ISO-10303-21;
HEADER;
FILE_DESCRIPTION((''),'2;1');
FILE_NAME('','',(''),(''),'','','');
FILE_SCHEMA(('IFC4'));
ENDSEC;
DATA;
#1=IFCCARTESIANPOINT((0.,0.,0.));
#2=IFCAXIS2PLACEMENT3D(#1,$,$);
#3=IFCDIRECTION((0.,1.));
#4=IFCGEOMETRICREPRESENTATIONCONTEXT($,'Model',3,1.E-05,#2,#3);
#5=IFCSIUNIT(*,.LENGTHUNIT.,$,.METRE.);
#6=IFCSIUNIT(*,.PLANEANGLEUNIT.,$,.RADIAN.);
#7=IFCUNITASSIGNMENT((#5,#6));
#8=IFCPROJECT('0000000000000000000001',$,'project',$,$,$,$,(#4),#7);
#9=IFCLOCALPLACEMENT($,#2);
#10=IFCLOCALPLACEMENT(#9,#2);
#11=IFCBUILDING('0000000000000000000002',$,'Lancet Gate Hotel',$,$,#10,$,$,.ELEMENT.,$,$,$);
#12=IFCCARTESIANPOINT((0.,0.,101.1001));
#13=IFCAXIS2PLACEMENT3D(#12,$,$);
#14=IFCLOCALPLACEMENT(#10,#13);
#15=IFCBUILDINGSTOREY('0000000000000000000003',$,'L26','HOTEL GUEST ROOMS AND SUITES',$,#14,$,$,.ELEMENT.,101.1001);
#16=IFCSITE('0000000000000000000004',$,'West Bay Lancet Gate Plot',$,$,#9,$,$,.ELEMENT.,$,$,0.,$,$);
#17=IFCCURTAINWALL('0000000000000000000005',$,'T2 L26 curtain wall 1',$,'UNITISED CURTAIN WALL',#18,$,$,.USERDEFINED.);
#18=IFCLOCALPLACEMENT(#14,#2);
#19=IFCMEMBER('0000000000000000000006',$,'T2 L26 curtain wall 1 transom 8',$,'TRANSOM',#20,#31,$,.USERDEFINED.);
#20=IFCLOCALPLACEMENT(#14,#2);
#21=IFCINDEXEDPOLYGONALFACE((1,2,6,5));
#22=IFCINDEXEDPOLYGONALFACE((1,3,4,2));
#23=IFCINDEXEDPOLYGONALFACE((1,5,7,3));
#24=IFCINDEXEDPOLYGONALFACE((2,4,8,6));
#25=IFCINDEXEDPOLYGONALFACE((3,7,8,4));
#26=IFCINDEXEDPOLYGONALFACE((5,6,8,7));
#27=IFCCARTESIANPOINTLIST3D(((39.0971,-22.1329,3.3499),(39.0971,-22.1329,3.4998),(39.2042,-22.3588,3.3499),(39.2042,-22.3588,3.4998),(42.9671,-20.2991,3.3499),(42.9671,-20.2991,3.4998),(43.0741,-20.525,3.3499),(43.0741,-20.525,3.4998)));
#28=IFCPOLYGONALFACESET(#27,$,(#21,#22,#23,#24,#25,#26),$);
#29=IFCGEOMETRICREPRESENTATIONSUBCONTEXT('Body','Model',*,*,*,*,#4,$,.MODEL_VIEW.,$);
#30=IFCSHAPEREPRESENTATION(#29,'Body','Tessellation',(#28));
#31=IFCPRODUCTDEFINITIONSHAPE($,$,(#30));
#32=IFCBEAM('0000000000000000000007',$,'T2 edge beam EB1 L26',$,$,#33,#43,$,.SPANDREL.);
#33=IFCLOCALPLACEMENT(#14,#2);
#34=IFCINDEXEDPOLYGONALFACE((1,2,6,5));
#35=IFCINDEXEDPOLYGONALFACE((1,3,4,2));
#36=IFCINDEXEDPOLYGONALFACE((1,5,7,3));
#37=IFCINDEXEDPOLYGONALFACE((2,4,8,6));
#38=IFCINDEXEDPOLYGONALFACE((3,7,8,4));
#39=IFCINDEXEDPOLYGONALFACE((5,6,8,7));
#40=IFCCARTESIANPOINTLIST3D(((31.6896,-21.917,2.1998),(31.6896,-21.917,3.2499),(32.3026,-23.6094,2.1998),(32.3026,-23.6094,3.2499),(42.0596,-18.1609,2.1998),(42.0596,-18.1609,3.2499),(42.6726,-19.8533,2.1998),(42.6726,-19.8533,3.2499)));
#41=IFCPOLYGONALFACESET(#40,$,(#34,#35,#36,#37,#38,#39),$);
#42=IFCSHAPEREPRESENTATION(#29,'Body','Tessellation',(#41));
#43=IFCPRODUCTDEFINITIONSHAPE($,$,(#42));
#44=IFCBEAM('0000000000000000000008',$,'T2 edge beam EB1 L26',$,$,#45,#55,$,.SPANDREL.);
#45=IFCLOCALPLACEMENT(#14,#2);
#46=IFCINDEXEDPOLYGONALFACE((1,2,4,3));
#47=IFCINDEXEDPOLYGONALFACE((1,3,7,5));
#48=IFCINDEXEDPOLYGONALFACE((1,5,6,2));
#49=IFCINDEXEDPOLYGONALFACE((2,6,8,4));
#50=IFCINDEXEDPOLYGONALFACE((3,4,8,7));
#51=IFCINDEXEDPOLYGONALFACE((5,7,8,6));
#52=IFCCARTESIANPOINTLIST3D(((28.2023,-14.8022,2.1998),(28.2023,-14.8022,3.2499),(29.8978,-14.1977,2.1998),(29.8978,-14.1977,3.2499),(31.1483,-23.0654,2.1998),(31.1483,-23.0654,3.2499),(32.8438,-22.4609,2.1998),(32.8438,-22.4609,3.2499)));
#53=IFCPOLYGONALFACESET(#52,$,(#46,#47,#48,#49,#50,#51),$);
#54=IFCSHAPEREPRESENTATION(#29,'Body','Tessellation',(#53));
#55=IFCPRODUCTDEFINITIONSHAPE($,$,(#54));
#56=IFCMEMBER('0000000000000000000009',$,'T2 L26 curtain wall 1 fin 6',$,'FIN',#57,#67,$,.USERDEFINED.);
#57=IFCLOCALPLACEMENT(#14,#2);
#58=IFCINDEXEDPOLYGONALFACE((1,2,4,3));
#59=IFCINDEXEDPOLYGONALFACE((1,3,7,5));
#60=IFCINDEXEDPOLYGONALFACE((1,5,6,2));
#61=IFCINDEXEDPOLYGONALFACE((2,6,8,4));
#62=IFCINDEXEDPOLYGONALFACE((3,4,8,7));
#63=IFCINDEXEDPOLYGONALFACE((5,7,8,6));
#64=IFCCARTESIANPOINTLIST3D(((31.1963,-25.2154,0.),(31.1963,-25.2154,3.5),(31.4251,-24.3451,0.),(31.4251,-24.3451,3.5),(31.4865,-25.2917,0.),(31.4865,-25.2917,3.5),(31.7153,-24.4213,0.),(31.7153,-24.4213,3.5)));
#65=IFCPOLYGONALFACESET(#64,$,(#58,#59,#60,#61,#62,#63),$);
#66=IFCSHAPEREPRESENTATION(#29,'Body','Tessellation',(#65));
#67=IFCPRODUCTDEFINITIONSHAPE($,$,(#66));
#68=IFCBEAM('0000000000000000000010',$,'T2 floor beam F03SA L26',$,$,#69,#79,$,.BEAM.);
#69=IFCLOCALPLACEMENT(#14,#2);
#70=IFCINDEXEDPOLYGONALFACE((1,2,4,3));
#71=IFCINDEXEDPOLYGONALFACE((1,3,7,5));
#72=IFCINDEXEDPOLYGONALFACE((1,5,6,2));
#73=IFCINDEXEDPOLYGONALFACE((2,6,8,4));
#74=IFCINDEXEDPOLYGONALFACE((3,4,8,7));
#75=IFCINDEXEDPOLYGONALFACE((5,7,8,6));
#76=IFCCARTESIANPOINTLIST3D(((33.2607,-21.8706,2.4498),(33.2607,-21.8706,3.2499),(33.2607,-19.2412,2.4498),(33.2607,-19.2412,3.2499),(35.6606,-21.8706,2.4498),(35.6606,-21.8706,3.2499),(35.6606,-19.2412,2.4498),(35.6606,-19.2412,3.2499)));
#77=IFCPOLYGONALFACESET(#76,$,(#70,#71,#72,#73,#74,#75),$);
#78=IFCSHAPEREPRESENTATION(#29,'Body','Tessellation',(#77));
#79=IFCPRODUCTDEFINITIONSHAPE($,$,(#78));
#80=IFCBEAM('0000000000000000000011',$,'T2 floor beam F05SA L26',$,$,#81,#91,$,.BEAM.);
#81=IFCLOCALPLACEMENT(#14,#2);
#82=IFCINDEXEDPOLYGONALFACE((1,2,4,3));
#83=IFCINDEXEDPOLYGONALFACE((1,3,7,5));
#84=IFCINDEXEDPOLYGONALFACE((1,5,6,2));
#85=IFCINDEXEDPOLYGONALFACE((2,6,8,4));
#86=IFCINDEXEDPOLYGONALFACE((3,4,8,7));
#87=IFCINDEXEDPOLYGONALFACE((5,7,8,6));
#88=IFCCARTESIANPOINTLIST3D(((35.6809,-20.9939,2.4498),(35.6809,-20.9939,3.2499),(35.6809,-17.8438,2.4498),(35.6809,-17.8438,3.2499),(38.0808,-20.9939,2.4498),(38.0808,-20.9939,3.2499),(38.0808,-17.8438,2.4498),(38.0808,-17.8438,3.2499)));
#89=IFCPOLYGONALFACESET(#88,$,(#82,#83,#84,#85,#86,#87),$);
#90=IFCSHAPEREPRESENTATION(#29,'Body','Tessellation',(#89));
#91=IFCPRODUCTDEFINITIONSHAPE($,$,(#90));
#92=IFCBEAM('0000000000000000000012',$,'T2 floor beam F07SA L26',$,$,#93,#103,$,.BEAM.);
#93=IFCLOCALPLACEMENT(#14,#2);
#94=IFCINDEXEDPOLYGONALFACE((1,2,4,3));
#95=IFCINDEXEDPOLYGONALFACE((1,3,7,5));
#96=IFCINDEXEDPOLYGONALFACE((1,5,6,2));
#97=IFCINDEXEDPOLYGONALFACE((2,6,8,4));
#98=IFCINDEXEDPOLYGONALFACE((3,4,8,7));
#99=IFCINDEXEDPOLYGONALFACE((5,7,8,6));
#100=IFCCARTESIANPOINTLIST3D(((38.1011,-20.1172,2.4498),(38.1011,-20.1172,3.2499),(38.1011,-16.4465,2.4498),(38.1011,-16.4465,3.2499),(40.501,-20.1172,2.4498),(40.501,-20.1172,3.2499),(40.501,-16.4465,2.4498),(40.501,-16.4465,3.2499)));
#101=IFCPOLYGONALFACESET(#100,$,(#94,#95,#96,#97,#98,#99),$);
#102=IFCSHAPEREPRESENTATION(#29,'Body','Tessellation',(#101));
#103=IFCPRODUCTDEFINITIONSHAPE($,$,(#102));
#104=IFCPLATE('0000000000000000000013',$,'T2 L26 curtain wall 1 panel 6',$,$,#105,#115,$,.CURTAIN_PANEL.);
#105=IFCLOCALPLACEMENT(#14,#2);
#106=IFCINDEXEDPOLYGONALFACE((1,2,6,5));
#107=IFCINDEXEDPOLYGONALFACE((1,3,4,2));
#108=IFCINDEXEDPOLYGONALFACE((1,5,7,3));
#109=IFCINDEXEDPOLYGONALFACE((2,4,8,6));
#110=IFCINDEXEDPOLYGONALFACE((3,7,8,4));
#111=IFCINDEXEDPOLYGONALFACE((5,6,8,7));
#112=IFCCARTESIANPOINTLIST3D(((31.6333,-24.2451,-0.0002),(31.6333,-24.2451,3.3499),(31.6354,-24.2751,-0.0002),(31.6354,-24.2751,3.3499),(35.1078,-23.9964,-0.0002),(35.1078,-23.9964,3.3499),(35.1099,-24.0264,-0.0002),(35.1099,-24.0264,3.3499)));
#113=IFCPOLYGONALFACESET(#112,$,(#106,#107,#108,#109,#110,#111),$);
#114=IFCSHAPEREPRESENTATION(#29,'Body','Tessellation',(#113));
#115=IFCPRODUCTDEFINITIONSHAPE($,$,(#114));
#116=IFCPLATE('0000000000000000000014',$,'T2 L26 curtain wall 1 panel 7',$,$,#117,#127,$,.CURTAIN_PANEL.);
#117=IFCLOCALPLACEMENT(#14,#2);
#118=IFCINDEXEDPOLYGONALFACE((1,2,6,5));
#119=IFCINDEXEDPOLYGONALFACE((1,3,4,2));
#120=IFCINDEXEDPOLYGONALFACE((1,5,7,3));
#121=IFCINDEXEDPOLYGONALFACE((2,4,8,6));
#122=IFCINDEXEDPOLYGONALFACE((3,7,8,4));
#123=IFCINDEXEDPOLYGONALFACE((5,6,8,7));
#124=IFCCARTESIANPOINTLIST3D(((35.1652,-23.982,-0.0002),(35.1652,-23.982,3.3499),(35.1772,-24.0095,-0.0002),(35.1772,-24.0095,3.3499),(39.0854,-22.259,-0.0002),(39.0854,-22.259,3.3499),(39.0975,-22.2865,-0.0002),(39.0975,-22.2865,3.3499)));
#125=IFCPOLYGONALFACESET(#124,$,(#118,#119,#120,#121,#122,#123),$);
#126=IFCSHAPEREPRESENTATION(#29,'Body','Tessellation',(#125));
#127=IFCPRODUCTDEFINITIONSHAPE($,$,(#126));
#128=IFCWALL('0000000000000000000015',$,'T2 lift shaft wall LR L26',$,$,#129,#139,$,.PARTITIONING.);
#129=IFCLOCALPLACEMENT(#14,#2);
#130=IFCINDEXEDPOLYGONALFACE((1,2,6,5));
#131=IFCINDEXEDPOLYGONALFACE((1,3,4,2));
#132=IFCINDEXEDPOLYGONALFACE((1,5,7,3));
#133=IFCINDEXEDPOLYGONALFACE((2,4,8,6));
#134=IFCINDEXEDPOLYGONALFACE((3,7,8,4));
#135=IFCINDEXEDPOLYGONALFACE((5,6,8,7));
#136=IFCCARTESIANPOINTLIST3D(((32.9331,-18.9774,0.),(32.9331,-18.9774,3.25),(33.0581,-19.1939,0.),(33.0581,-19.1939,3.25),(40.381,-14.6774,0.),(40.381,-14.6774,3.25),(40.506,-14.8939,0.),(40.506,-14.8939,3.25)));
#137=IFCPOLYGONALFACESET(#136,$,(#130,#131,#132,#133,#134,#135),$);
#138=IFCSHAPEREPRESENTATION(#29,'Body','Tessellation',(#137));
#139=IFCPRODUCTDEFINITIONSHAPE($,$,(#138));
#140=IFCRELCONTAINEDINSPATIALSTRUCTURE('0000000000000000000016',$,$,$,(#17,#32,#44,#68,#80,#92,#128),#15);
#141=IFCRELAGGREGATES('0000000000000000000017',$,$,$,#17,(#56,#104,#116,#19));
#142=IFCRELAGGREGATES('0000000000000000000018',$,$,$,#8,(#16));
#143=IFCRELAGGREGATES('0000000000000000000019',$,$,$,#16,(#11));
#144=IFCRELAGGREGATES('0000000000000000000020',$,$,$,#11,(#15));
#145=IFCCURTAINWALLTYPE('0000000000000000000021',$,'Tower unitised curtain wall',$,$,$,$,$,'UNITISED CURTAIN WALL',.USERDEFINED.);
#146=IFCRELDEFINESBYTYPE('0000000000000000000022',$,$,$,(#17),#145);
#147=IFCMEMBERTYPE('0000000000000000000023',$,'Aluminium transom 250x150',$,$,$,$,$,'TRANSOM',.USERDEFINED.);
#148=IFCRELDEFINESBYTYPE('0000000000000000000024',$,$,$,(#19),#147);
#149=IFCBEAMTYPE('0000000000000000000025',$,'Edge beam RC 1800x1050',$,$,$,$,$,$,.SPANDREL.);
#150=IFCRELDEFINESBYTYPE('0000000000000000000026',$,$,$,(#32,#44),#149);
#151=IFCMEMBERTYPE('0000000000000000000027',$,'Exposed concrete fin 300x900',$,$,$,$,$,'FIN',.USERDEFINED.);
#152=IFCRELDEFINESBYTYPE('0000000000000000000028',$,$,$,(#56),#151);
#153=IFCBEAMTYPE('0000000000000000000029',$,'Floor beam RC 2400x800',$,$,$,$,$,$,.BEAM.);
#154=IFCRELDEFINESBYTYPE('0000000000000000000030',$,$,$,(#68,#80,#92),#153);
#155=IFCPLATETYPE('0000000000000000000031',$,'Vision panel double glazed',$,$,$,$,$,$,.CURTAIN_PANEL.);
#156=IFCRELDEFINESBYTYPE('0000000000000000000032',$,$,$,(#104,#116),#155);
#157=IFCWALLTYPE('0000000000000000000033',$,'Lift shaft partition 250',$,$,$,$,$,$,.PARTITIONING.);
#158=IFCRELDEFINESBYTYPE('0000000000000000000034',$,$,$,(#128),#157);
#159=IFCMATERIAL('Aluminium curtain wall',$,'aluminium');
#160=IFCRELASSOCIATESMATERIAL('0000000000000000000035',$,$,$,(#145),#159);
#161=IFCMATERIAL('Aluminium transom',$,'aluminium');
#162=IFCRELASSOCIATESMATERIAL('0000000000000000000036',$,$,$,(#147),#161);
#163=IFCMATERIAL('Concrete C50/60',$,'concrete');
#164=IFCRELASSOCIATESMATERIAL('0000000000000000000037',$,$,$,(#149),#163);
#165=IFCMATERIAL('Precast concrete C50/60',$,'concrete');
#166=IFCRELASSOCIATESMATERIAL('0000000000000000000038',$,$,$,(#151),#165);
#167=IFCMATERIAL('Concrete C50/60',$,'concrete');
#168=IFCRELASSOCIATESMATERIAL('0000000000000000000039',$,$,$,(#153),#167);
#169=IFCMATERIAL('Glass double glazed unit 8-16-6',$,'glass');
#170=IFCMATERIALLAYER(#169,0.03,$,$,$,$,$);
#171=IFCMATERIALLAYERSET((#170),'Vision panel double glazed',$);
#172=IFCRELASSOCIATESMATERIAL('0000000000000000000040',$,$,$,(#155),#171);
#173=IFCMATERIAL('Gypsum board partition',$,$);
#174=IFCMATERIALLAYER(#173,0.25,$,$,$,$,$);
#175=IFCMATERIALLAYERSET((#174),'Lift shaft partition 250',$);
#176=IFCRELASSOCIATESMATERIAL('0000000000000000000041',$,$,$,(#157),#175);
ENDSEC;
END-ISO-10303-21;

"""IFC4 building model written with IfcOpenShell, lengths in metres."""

from ifc_helpers import new_model, si_unit, direction, frame, frame_2d, origin, origin_2d, place, context, subcontext, project, spatial, rectangle, extrude, material, layer, layer_set, material_profile, profile_set, type_object, element, aggregate, save


model = new_model("IFC4")

# Units and contexts
model_context = context("Model", 3, precision=1e-05, world=origin(), true_north=direction((0.0, 1.0)))
body_context = subcontext(model_context, "Body", "Model", "MODEL_VIEW")
ifc_project = project(units=[si_unit("LENGTHUNIT", "METRE"), si_unit("PLANEANGLEUNIT", "RADIAN")], contexts=[model_context])

# Site, building, storey
site_placement = place(None, origin())
site = spatial("IfcSite", under=ifc_project, at=site_placement, Name="West Bay Lancet Gate Plot", CompositionType="ELEMENT", RefElevation=0.0)
building_placement = place(site_placement, origin())
building = spatial("IfcBuilding", under=site, at=building_placement, Name="Lancet Gate Hotel", CompositionType="ELEMENT")
storey_placement = place(building_placement, frame((0.0, 0.0, 101.1001)))
storey = spatial("IfcBuildingStorey", under=building, at=storey_placement, Name="L26", Description="HOTEL GUEST ROOMS AND SUITES", CompositionType="ELEMENT", Elevation=101.1001)

# Curtain wall, member
ifc_material_1 = material(Name="Aluminium curtain wall", Category="aluminium")
curtain_wall_type = type_object("IfcCurtainWallType", Name="Tower unitised curtain wall", ElementType="UNITISED CURTAIN WALL", PredefinedType="USERDEFINED", material=ifc_material_1)
curtain_wall_placement = place(storey_placement, origin())
curtain_wall = element("IfcCurtainWall", 1, at=curtain_wall_placement, inside=storey, type_object=curtain_wall_type, Name="T2 L26 curtain wall 1", ObjectType="UNITISED CURTAIN WALL", PredefinedType="USERDEFINED")
ifc_material_2 = material(Name="Aluminium transom", Category="aluminium")
ifc_material_profile_1 = material_profile(ifc_material_2, rectangle(XDim=0.25, YDim=0.1499, at=origin_2d()), Name="TRANSOM 250x150")
ifc_profile_set_1 = profile_set([ifc_material_profile_1], Name="Aluminium transom")
member_type_1 = type_object("IfcMemberType", Name="Aluminium transom 250x150", ElementType="TRANSOM", PredefinedType="USERDEFINED", material=ifc_profile_set_1)
member_1_placement = place(storey_placement, frame((39.1506, -22.2458, 3.4248), z_axis=(0.90368, 0.428209, 0.0), x_axis=(-0.428209, 0.90368, 0.0)))
member_1 = element("IfcMember", 2, at=member_1_placement, type_object=member_type_1, Name="T2 L26 curtain wall 1 transom 8", ObjectType="TRANSOM", PredefinedType="USERDEFINED", context=body_context, shape_type="SweptSolid", body=[
    extrude(rectangle(XDim=0.25, YDim=0.1499, at=origin_2d()), origin(), (0.0, 0.0, 1.0), 4.2825),
])

# Beams
ifc_material_3 = material(Name="Concrete C50/60", Category="concrete")
ifc_material_profile_2 = material_profile(ifc_material_3, rectangle(XDim=1.8, YDim=1.05, at=origin_2d()), Name="RC 1800x1050")
ifc_profile_set_2 = profile_set([ifc_material_profile_2], Name="Concrete C50/60")
beam_type_1 = type_object("IfcBeamType", Name="Edge beam RC 1800x1050", PredefinedType="SPANDREL", material=ifc_profile_set_2)
beam_1_placement = place(storey_placement, frame((31.9961, -22.7632, 2.7249), z_axis=(0.940225, 0.340554, 0.0), x_axis=(-0.340554, 0.940225, 0.0)))
element("IfcBeam", 3, at=beam_1_placement, inside=storey, type_object=beam_type_1, Name="T2 edge beam EB1 L26", PredefinedType="SPANDREL", context=body_context, shape_type="SweptSolid", body=[
    extrude(rectangle(XDim=1.8, YDim=1.05, at=origin_2d()), origin(), (0.0, 0.0, 1.0), 11.0293),
])
beam_2_placement = place(storey_placement, frame((31.9961, -22.7632, 2.7249), z_axis=(-0.335822, 0.941926, 0.0), x_axis=(-0.941926, -0.335822, 0.0)))
element("IfcBeam", 4, at=beam_2_placement, inside=storey, type_object=beam_type_1, Name="T2 edge beam EB1 L26", PredefinedType="SPANDREL", context=body_context, shape_type="SweptSolid", body=[
    extrude(rectangle(XDim=1.8, YDim=1.05, at=origin_2d()), origin(), (0.0, 0.0, 1.0), 8.7727),
])

# Member
ifc_material_4 = material(Name="Precast concrete C50/60", Category="concrete")
ifc_material_profile_3 = material_profile(ifc_material_4, rectangle(XDim=0.3, YDim=0.8999, at=origin_2d()), Name="FIN 300x900")
ifc_profile_set_3 = profile_set([ifc_material_profile_3], Name="Precast concrete C50/60")
member_type_2 = type_object("IfcMemberType", Name="Exposed concrete fin 300x900", ElementType="FIN", PredefinedType="USERDEFINED", material=ifc_profile_set_3)
member_2_placement = place(storey_placement, frame((31.4558, -24.8184, 0.0), z_axis=(0.0, 0.0, 1.0), x_axis=(0.967157, -0.254179, 0.0)))
member_2 = element("IfcMember", 5, at=member_2_placement, type_object=member_type_2, Name="T2 L26 curtain wall 1 fin 6", ObjectType="FIN", PredefinedType="USERDEFINED", context=body_context, shape_type="SweptSolid", body=[
    extrude(rectangle(XDim=0.3, YDim=0.8999, at=origin_2d()), origin(), (0.0, 0.0, 1.0), 3.5),
])

# Beams
ifc_material_5 = material(Name="Concrete C50/60", Category="concrete")
ifc_material_profile_4 = material_profile(ifc_material_5, rectangle(XDim=2.3999, YDim=0.8, at=origin_2d()), Name="RC 2400x800")
ifc_profile_set_4 = profile_set([ifc_material_profile_4], Name="Concrete C50/60")
beam_type_2 = type_object("IfcBeamType", Name="Floor beam RC 2400x800", PredefinedType="BEAM", material=ifc_profile_set_4)
beam_3_placement = place(storey_placement, frame((34.4607, -21.8706, 2.8499), z_axis=(0.0, 1.0, 0.0), x_axis=(-1.0, 0.0, 0.0)))
element("IfcBeam", 6, at=beam_3_placement, inside=storey, type_object=beam_type_2, Name="T2 floor beam F03SA L26", PredefinedType="BEAM", context=body_context, shape_type="SweptSolid", body=[
    extrude(rectangle(XDim=2.3999, YDim=0.8, at=origin_2d()), origin(), (0.0, 0.0, 1.0), 2.6294),
])
beam_4_placement = place(storey_placement, frame((36.8809, -20.9939, 2.8499), z_axis=(0.0, 1.0, 0.0), x_axis=(-1.0, 0.0, 0.0)))
element("IfcBeam", 7, at=beam_4_placement, inside=storey, type_object=beam_type_2, Name="T2 floor beam F05SA L26", PredefinedType="BEAM", context=body_context, shape_type="SweptSolid", body=[
    extrude(rectangle(XDim=2.3999, YDim=0.8, at=origin_2d()), origin(), (0.0, 0.0, 1.0), 3.1501),
])
beam_5_placement = place(storey_placement, frame((39.301, -20.1172, 2.8499), z_axis=(0.0, 1.0, 0.0), x_axis=(-1.0, 0.0, 0.0)))
element("IfcBeam", 8, at=beam_5_placement, inside=storey, type_object=beam_type_2, Name="T2 floor beam F07SA L26", PredefinedType="BEAM", context=body_context, shape_type="SweptSolid", body=[
    extrude(rectangle(XDim=2.3999, YDim=0.8, at=origin_2d()), origin(), (0.0, 0.0, 1.0), 3.6707),
])

# Plates
ifc_material_6 = material(Name="Glass double glazed unit 8-16-6", Category="glass")
ifc_layer_1 = layer(ifc_material_6, 0.03)
ifc_layer_set_1 = layer_set([ifc_layer_1], Name="Vision panel double glazed")
plate_type = type_object("IfcPlateType", Name="Vision panel double glazed", PredefinedType="CURTAIN_PANEL", material=ifc_layer_set_1)
plate_1_placement = place(storey_placement, frame((33.3716, -24.1357, -0.0002), z_axis=(0.0, 0.0, 1.0), x_axis=(0.997448, 0.07139, 0.0)))
plate_1 = element("IfcPlate", 9, at=plate_1_placement, type_object=plate_type, Name="T2 L26 curtain wall 1 panel 6", PredefinedType="CURTAIN_PANEL", context=body_context, shape_type="SweptSolid", body=[
    extrude(rectangle(XDim=3.4834, YDim=0.03, at=origin_2d()), origin(), (0.0, 0.0, 1.0), 3.3501),
])
plate_2_placement = place(storey_placement, frame((37.1313, -23.1343, -0.0002), z_axis=(0.0, 0.0, 1.0), x_axis=(0.915479, 0.402367, 0.0)))
plate_2 = element("IfcPlate", 10, at=plate_2_placement, type_object=plate_type, Name="T2 L26 curtain wall 1 panel 7", PredefinedType="CURTAIN_PANEL", context=body_context, shape_type="SweptSolid", body=[
    extrude(rectangle(XDim=4.2822, YDim=0.03, at=origin_2d()), origin(), (0.0, 0.0, 1.0), 3.3501),
])
aggregate(curtain_wall, [member_2, plate_1, plate_2, member_1])

# Wall
ifc_material_7 = material(Name="Gypsum board partition")
ifc_layer_2 = layer(ifc_material_7, 0.25)
ifc_layer_set_2 = layer_set([ifc_layer_2], Name="Lift shaft partition 250")
wall_type = type_object("IfcWallType", Name="Lift shaft partition 250", PredefinedType="PARTITIONING", material=ifc_layer_set_2)
wall_placement = place(storey_placement, frame((32.9956, -19.0857, 0.0), z_axis=(0.0, 0.0, 1.0), x_axis=(0.866028, 0.499995, 0.0)))
element("IfcWall", 11, at=wall_placement, inside=storey, type_object=wall_type, Name="T2 lift shaft wall LR L26", PredefinedType="PARTITIONING", context=body_context, shape_type="SweptSolid", body=[
    extrude(rectangle(XDim=8.6001, YDim=0.25, at=frame_2d((4.3, 0.0))), origin(), (0.0, 0.0, 1.0), 3.25),
])

save(model, "model.ifc")
